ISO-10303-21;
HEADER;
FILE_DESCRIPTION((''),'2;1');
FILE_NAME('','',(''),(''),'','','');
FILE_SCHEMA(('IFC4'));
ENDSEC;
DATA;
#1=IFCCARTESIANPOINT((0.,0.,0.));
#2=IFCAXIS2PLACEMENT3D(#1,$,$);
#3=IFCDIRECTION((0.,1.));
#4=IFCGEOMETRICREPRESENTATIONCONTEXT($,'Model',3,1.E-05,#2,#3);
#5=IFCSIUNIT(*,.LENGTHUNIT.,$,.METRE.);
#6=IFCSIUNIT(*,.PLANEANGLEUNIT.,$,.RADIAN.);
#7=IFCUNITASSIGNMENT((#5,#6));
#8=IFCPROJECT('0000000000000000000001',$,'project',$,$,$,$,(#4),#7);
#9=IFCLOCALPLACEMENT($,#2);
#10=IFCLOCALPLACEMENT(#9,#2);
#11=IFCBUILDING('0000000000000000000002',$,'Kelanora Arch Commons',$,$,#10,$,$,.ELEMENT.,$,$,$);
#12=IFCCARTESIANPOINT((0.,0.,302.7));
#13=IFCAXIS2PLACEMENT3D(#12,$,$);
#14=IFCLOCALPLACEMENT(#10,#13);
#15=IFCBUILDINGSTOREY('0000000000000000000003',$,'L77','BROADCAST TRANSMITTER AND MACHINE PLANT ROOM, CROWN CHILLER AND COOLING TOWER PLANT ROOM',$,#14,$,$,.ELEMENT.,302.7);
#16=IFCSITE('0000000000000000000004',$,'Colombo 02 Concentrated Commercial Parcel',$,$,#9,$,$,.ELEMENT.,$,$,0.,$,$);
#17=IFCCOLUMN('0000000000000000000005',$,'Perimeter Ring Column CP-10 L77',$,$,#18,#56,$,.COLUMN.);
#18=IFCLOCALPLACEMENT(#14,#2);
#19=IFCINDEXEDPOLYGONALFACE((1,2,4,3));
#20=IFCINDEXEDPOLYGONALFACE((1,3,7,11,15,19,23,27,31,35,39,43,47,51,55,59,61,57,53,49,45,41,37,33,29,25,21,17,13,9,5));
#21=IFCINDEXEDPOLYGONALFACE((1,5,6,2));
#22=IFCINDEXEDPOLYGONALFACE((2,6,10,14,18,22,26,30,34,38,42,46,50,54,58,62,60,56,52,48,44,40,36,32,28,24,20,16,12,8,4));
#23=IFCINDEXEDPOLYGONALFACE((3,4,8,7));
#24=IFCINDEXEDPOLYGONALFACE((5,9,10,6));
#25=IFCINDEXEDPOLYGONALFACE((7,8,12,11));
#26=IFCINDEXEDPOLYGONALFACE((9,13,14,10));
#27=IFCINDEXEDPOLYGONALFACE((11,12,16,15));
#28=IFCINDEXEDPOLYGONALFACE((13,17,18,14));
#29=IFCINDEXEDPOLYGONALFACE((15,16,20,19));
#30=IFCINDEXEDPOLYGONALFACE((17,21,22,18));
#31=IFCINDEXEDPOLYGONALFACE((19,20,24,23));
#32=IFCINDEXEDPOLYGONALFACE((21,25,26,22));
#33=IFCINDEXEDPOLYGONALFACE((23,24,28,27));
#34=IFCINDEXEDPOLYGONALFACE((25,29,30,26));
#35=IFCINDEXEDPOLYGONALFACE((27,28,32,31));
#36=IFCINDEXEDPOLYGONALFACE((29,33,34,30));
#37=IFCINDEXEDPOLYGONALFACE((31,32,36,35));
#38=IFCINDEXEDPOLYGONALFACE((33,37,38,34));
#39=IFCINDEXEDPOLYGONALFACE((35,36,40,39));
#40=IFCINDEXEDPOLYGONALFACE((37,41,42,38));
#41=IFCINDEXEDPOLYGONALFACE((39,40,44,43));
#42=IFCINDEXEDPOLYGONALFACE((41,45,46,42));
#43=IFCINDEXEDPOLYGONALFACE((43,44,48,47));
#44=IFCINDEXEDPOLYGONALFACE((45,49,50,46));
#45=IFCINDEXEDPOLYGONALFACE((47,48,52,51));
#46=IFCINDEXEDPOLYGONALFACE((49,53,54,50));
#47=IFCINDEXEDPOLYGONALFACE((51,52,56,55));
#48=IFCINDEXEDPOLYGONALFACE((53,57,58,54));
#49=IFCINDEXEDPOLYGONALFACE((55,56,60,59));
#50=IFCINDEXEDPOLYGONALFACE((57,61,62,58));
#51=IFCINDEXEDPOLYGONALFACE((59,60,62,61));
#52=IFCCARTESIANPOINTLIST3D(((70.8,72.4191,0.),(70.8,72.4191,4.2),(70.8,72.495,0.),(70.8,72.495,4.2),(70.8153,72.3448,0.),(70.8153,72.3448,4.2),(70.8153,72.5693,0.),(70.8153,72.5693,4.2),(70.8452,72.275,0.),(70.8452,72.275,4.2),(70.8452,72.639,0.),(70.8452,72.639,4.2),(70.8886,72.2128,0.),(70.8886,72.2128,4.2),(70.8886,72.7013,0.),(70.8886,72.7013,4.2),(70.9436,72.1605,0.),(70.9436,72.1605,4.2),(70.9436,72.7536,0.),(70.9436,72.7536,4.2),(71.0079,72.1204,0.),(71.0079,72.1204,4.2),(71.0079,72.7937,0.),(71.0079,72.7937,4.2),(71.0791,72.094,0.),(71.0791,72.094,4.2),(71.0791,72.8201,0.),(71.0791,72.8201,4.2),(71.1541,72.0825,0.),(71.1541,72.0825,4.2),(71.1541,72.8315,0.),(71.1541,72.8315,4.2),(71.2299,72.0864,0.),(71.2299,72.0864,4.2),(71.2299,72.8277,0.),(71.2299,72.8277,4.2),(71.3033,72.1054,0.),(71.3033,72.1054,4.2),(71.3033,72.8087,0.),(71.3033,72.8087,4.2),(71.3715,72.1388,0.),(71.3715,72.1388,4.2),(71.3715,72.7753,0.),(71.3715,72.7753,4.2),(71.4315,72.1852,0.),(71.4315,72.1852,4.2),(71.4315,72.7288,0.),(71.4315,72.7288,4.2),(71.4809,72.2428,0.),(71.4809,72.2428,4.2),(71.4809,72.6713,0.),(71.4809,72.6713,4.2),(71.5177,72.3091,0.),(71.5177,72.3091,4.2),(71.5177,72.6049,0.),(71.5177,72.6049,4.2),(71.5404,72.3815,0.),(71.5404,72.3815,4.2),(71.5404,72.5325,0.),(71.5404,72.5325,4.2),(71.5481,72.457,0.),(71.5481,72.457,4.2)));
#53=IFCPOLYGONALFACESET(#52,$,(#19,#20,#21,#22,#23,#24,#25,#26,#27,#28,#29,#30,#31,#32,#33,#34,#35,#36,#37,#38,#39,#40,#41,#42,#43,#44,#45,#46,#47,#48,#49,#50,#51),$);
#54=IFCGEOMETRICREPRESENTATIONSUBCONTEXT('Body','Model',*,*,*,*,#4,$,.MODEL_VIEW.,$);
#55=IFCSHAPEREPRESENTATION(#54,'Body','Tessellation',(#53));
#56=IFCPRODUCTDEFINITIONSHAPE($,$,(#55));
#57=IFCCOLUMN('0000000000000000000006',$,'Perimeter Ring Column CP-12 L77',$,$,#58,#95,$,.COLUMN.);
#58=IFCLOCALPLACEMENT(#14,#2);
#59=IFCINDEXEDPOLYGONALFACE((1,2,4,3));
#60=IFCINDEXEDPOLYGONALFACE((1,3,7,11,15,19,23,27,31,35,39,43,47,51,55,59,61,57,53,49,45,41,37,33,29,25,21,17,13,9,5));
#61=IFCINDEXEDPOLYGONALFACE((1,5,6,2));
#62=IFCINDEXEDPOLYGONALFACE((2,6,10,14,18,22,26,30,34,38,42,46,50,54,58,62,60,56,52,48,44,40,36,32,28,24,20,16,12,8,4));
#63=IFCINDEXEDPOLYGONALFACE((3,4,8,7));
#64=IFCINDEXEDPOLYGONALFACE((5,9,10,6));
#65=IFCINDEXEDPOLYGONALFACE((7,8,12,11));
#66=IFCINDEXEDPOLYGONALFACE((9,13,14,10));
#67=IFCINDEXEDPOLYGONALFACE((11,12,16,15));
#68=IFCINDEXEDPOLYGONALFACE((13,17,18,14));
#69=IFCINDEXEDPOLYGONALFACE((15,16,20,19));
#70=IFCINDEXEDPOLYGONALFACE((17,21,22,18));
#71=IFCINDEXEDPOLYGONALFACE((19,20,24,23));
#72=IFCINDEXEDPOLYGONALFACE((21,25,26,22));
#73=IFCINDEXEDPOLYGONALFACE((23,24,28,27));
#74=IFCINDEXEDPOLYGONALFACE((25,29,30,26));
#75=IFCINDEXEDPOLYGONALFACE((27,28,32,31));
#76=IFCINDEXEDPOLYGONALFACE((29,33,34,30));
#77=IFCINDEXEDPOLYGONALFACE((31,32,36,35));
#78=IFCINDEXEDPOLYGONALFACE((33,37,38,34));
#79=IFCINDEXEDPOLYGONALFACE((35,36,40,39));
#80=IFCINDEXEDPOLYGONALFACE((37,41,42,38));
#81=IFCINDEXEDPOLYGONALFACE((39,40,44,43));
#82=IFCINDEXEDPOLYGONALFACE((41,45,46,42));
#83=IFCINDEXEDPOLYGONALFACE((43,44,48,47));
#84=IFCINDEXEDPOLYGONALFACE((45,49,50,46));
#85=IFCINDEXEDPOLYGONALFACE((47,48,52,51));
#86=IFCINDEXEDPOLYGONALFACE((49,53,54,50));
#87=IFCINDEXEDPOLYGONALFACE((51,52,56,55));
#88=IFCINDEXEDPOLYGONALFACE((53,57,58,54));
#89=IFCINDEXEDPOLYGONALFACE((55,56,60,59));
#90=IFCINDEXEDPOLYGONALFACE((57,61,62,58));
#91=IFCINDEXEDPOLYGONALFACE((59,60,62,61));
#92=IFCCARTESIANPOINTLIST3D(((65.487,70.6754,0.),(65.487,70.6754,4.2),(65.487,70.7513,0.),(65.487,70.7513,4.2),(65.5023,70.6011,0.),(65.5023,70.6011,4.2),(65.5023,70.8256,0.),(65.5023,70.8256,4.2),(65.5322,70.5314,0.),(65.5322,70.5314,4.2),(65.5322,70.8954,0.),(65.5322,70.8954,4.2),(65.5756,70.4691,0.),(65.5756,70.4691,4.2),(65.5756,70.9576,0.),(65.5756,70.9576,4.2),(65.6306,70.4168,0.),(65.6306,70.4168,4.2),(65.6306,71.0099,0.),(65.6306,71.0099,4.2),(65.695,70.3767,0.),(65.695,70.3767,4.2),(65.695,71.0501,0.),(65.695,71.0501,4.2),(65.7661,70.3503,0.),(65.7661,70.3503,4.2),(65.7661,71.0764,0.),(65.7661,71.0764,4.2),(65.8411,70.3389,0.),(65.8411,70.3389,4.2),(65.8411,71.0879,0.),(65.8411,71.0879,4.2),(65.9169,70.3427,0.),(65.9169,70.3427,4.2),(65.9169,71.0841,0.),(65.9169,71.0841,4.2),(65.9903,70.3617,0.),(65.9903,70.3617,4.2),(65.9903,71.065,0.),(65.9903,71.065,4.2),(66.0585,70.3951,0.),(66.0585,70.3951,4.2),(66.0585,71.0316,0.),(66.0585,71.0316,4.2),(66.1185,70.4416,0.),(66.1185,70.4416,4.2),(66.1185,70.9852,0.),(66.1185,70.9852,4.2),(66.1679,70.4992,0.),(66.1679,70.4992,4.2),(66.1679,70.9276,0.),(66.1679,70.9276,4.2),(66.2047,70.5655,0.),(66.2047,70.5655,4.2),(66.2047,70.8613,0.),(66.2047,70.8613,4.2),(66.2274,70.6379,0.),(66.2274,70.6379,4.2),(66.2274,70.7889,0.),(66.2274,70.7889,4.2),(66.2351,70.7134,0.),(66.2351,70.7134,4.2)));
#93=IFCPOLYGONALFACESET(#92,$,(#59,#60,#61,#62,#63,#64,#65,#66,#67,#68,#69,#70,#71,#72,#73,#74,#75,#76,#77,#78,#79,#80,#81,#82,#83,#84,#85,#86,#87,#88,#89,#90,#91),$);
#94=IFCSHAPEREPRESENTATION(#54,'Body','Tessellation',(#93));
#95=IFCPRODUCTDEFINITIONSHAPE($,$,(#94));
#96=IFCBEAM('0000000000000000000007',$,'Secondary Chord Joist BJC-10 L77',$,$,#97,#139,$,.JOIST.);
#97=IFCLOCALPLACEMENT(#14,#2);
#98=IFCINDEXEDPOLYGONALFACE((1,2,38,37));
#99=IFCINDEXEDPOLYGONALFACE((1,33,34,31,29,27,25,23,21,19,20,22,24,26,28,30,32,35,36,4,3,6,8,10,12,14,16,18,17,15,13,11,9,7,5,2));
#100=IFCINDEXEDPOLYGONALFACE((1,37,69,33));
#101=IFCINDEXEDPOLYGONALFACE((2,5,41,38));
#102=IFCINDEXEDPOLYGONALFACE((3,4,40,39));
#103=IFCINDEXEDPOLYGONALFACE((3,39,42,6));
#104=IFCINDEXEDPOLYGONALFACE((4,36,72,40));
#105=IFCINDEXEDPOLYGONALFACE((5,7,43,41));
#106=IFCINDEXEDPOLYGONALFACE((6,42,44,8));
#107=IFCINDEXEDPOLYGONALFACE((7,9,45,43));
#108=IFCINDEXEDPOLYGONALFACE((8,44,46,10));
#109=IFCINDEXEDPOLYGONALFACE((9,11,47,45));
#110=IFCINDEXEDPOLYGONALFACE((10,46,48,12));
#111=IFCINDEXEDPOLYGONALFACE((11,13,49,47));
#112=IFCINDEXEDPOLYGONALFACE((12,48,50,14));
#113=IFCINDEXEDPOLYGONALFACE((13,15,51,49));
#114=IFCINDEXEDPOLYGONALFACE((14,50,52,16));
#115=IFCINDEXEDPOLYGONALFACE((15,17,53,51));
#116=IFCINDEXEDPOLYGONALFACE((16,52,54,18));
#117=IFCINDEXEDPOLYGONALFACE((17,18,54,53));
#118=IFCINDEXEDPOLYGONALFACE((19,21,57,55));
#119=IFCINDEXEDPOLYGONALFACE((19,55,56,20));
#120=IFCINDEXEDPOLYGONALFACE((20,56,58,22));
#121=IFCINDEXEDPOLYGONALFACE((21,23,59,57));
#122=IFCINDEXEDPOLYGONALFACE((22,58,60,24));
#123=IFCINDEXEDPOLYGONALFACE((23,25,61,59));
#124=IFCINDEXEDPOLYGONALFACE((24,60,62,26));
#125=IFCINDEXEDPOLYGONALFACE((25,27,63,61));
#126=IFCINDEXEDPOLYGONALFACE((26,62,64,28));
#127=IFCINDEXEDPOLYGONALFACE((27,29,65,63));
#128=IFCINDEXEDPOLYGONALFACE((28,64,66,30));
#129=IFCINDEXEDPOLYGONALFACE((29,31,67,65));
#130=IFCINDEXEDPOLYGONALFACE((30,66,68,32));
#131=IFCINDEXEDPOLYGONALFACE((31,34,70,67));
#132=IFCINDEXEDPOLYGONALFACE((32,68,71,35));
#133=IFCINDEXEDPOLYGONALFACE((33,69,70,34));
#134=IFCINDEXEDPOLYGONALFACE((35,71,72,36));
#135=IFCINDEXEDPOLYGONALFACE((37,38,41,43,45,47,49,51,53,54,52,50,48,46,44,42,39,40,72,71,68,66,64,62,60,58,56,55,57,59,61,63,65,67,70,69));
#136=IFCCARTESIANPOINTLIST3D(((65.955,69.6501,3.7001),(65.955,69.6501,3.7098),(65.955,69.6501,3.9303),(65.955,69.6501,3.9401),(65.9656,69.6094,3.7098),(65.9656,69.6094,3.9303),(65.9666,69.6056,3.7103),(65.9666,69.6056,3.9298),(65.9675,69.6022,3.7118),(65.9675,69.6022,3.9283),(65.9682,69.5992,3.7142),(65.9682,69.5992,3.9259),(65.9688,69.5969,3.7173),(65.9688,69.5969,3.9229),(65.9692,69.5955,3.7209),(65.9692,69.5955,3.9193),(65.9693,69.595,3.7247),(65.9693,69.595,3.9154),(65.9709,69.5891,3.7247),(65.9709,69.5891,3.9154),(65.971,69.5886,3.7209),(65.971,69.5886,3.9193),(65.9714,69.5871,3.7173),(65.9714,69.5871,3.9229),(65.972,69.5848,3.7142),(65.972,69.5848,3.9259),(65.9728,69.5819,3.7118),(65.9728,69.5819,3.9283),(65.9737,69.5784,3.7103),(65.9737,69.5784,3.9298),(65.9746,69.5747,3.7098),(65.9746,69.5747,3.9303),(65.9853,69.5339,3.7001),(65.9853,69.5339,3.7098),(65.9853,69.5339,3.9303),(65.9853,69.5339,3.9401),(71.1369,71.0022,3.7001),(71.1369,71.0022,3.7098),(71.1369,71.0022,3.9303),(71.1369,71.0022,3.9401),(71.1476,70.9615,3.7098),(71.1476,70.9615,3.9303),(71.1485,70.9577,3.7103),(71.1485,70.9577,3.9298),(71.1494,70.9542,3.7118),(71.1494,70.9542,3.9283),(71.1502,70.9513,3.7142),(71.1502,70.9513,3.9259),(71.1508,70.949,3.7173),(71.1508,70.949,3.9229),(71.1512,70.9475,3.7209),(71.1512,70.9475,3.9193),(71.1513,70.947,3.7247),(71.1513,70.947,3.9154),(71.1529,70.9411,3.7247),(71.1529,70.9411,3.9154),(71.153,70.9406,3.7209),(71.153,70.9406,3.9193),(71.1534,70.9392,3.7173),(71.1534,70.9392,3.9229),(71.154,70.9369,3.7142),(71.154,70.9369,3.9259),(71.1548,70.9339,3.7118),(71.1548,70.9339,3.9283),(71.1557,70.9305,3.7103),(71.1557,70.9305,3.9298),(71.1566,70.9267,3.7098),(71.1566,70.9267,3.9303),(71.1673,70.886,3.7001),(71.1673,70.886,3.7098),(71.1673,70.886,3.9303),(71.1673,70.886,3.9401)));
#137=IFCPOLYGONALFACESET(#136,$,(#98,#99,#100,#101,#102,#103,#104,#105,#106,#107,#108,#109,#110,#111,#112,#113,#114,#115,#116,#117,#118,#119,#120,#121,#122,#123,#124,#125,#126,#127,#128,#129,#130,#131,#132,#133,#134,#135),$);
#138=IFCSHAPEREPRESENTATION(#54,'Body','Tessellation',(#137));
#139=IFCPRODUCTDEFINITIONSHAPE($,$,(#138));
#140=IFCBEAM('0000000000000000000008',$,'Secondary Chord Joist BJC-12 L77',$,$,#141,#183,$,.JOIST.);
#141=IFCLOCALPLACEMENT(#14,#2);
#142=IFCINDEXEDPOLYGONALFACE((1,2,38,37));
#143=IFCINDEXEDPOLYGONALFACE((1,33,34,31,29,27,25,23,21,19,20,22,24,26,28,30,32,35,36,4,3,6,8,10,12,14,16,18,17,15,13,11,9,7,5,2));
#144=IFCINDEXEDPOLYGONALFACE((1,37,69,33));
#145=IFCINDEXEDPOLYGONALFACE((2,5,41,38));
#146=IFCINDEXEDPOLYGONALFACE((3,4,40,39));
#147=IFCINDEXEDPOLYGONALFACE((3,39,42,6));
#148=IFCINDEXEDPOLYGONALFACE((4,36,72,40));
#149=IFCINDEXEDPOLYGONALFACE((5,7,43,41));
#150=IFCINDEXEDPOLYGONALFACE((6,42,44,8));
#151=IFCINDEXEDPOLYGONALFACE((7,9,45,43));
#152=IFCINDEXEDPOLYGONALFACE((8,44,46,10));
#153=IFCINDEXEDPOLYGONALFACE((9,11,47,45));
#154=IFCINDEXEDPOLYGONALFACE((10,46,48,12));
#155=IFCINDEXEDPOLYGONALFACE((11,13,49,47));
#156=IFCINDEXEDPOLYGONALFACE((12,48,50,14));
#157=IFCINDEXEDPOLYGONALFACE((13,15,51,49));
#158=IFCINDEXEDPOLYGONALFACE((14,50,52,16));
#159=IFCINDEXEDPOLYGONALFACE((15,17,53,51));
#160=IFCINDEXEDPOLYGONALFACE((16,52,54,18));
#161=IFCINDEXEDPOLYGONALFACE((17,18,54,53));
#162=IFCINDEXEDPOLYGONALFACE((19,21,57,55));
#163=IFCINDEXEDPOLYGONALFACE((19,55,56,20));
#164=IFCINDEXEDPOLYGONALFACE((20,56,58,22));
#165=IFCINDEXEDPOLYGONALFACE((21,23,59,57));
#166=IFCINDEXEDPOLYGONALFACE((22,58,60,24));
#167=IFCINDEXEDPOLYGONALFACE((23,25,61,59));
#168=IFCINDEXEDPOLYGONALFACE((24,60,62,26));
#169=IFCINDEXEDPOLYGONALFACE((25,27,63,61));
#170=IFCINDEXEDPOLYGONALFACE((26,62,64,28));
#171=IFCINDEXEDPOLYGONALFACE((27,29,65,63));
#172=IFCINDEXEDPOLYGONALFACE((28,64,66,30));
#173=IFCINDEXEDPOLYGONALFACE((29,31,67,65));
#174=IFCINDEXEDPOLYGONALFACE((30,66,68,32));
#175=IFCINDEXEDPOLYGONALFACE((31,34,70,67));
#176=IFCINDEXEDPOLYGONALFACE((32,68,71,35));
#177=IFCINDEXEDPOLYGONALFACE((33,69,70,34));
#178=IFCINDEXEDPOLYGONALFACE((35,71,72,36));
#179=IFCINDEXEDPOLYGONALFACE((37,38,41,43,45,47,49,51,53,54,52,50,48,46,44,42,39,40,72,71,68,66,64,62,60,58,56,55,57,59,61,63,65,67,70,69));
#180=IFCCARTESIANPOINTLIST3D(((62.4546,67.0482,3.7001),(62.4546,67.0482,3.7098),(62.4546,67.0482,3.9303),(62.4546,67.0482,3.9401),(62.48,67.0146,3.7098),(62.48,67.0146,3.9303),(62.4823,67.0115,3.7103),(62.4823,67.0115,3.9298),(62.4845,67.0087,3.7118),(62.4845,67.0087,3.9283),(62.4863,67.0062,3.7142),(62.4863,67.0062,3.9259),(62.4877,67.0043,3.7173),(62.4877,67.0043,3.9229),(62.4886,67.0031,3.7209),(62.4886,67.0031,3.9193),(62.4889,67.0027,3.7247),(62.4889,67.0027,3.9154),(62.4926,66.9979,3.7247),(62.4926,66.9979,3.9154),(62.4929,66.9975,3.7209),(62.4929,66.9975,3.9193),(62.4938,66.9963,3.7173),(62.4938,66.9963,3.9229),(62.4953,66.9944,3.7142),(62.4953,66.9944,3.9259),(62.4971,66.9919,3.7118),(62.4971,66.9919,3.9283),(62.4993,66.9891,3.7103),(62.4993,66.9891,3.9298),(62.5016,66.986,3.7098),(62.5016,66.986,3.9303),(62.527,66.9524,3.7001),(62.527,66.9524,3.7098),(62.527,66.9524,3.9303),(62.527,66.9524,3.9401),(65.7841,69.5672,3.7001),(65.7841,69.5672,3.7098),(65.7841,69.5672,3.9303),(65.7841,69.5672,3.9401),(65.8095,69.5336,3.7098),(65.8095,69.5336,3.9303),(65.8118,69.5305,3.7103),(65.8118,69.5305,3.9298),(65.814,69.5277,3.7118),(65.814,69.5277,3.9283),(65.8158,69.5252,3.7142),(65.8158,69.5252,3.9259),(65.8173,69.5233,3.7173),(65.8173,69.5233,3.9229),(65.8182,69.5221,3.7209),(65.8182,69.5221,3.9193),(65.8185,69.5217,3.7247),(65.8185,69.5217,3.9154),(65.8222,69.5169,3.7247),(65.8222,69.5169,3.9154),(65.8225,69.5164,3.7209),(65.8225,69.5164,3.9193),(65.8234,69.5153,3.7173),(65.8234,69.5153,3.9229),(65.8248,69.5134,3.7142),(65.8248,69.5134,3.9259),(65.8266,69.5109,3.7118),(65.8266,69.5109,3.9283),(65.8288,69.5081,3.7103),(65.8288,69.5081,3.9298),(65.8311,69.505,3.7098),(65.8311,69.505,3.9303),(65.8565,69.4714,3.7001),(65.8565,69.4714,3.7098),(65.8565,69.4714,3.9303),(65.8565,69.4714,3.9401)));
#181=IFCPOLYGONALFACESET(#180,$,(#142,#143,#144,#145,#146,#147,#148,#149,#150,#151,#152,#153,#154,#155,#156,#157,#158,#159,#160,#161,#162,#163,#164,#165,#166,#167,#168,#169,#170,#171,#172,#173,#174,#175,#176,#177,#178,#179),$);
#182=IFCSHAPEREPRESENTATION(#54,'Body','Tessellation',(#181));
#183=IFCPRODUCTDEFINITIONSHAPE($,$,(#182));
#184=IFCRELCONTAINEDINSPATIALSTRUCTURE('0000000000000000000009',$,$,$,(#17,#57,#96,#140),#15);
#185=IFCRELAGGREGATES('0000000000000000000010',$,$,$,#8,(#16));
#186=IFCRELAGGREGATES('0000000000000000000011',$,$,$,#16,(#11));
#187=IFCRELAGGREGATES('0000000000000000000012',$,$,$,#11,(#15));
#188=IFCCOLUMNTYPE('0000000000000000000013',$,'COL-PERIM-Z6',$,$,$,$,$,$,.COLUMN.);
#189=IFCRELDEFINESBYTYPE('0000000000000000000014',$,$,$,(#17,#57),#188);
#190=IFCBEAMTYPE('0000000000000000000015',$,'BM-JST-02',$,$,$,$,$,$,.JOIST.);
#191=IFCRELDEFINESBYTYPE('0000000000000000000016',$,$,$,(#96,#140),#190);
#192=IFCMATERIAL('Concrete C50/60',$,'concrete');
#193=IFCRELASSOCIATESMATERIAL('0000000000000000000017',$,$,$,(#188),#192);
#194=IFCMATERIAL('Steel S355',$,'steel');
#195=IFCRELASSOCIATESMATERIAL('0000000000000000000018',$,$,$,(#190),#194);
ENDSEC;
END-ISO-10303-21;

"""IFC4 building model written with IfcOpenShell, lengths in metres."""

from ifc_helpers import new_model, si_unit, direction, frame, origin, origin_2d, place, context, subcontext, project, spatial, circle, i_section, extrude, material, material_profile, profile_set, type_object, element, save


model = new_model("IFC4")

# Units and contexts
model_context = context("Model", 3, precision=1e-05, world=origin(), true_north=direction((0.0, 1.0)))
body_context = subcontext(model_context, "Body", "Model", "MODEL_VIEW")
ifc_project = project(units=[si_unit("LENGTHUNIT", "METRE"), si_unit("PLANEANGLEUNIT", "RADIAN")], contexts=[model_context])

# Site, building, storey
site_placement = place(None, origin())
site = spatial("IfcSite", under=ifc_project, at=site_placement, Name="Colombo 02 Concentrated Commercial Parcel", CompositionType="ELEMENT", RefElevation=0.0)
building_placement = place(site_placement, origin())
building = spatial("IfcBuilding", under=site, at=building_placement, Name="Kelanora Arch Commons", CompositionType="ELEMENT")
storey_placement = place(building_placement, frame((0.0, 0.0, 302.7)))
storey = spatial("IfcBuildingStorey", under=building, at=storey_placement, Name="L77", Description="BROADCAST TRANSMITTER AND MACHINE PLANT ROOM, CROWN CHILLER AND COOLING TOWER PLANT ROOM", CompositionType="ELEMENT", Elevation=302.7)

# Columns
ifc_material_1 = material(Name="Concrete C50/60", Category="concrete")
ifc_material_profile_1 = material_profile(ifc_material_1, circle(Radius=0.375, at=origin_2d()), Name="RCC750")
ifc_profile_set_1 = profile_set([ifc_material_profile_1], Name="Concrete C50/60")
column_type = type_object("IfcColumnType", Name="COL-PERIM-Z6", PredefinedType="COLUMN", material=ifc_profile_set_1)
for number, where, z_axis, x_axis, name in (
    (1, (71.1731, 72.457, 0.0), (0.0, 0.0, 1.0), (1.0, 0.0, 0.0), "Perimeter Ring Column CP-10 L77"),
    (2, (65.8601, 70.7134, 0.0), (0.0, 0.0, 1.0), (1.0, 0.0, 0.0), "Perimeter Ring Column CP-12 L77"),
):
    element("IfcColumn", number, at=place(storey_placement, frame(where, z_axis=z_axis, x_axis=x_axis)), inside=storey, type_object=column_type, Name=name, PredefinedType="COLUMN", context=body_context, shape_type="SweptSolid", body=[
        extrude(circle(Radius=0.375, at=origin_2d()), origin(), (0.0, 0.0, 1.0), 4.2),
    ])

# Beams
ifc_material_2 = material(Name="Steel S355", Category="steel")
ifc_material_profile_2 = material_profile(ifc_material_2, i_section(OverallWidth=0.1201, OverallDepth=0.24, WebThickness=0.0061, FlangeThickness=0.0098, FilletRadius=0.0149, at=origin_2d()), Name="IPE240")
ifc_profile_set_2 = profile_set([ifc_material_profile_2], Name="Steel S355")
beam_type_1 = type_object("IfcBeamType", Name="BM-JST-02", PredefinedType="JOIST", material=ifc_profile_set_2)
beam_1_placement = place(storey_placement, frame((71.1521, 70.9441, 3.8201), z_axis=(-0.967606, -0.252466, 0.0), x_axis=(0.252466, -0.967606, 0.0)))
element("IfcBeam", 3, at=beam_1_placement, inside=storey, type_object=beam_type_1, Name="Secondary Chord Joist BJC-10 L77", PredefinedType="JOIST", context=body_context, shape_type="SweptSolid", body=[
    extrude(i_section(OverallWidth=0.1201, OverallDepth=0.24, WebThickness=0.0061, FlangeThickness=0.0098, FilletRadius=0.0149, at=origin_2d()), origin(), (0.0, 0.0, 1.0), 5.3555),
])
beam_2_placement = place(storey_placement, frame((65.8203, 69.5193, 3.8201), z_axis=(-0.797481, -0.603344, 0.0), x_axis=(0.603344, -0.797481, 0.0)))
element("IfcBeam", 4, at=beam_2_placement, inside=storey, type_object=beam_type_1, Name="Secondary Chord Joist BJC-12 L77", PredefinedType="JOIST", context=body_context, shape_type="SweptSolid", body=[
    extrude(i_section(OverallWidth=0.1201, OverallDepth=0.24, WebThickness=0.0061, FlangeThickness=0.0098, FilletRadius=0.0149, at=origin_2d()), origin(), (0.0, 0.0, 1.0), 4.175),
])

save(model, "model.ifc")
